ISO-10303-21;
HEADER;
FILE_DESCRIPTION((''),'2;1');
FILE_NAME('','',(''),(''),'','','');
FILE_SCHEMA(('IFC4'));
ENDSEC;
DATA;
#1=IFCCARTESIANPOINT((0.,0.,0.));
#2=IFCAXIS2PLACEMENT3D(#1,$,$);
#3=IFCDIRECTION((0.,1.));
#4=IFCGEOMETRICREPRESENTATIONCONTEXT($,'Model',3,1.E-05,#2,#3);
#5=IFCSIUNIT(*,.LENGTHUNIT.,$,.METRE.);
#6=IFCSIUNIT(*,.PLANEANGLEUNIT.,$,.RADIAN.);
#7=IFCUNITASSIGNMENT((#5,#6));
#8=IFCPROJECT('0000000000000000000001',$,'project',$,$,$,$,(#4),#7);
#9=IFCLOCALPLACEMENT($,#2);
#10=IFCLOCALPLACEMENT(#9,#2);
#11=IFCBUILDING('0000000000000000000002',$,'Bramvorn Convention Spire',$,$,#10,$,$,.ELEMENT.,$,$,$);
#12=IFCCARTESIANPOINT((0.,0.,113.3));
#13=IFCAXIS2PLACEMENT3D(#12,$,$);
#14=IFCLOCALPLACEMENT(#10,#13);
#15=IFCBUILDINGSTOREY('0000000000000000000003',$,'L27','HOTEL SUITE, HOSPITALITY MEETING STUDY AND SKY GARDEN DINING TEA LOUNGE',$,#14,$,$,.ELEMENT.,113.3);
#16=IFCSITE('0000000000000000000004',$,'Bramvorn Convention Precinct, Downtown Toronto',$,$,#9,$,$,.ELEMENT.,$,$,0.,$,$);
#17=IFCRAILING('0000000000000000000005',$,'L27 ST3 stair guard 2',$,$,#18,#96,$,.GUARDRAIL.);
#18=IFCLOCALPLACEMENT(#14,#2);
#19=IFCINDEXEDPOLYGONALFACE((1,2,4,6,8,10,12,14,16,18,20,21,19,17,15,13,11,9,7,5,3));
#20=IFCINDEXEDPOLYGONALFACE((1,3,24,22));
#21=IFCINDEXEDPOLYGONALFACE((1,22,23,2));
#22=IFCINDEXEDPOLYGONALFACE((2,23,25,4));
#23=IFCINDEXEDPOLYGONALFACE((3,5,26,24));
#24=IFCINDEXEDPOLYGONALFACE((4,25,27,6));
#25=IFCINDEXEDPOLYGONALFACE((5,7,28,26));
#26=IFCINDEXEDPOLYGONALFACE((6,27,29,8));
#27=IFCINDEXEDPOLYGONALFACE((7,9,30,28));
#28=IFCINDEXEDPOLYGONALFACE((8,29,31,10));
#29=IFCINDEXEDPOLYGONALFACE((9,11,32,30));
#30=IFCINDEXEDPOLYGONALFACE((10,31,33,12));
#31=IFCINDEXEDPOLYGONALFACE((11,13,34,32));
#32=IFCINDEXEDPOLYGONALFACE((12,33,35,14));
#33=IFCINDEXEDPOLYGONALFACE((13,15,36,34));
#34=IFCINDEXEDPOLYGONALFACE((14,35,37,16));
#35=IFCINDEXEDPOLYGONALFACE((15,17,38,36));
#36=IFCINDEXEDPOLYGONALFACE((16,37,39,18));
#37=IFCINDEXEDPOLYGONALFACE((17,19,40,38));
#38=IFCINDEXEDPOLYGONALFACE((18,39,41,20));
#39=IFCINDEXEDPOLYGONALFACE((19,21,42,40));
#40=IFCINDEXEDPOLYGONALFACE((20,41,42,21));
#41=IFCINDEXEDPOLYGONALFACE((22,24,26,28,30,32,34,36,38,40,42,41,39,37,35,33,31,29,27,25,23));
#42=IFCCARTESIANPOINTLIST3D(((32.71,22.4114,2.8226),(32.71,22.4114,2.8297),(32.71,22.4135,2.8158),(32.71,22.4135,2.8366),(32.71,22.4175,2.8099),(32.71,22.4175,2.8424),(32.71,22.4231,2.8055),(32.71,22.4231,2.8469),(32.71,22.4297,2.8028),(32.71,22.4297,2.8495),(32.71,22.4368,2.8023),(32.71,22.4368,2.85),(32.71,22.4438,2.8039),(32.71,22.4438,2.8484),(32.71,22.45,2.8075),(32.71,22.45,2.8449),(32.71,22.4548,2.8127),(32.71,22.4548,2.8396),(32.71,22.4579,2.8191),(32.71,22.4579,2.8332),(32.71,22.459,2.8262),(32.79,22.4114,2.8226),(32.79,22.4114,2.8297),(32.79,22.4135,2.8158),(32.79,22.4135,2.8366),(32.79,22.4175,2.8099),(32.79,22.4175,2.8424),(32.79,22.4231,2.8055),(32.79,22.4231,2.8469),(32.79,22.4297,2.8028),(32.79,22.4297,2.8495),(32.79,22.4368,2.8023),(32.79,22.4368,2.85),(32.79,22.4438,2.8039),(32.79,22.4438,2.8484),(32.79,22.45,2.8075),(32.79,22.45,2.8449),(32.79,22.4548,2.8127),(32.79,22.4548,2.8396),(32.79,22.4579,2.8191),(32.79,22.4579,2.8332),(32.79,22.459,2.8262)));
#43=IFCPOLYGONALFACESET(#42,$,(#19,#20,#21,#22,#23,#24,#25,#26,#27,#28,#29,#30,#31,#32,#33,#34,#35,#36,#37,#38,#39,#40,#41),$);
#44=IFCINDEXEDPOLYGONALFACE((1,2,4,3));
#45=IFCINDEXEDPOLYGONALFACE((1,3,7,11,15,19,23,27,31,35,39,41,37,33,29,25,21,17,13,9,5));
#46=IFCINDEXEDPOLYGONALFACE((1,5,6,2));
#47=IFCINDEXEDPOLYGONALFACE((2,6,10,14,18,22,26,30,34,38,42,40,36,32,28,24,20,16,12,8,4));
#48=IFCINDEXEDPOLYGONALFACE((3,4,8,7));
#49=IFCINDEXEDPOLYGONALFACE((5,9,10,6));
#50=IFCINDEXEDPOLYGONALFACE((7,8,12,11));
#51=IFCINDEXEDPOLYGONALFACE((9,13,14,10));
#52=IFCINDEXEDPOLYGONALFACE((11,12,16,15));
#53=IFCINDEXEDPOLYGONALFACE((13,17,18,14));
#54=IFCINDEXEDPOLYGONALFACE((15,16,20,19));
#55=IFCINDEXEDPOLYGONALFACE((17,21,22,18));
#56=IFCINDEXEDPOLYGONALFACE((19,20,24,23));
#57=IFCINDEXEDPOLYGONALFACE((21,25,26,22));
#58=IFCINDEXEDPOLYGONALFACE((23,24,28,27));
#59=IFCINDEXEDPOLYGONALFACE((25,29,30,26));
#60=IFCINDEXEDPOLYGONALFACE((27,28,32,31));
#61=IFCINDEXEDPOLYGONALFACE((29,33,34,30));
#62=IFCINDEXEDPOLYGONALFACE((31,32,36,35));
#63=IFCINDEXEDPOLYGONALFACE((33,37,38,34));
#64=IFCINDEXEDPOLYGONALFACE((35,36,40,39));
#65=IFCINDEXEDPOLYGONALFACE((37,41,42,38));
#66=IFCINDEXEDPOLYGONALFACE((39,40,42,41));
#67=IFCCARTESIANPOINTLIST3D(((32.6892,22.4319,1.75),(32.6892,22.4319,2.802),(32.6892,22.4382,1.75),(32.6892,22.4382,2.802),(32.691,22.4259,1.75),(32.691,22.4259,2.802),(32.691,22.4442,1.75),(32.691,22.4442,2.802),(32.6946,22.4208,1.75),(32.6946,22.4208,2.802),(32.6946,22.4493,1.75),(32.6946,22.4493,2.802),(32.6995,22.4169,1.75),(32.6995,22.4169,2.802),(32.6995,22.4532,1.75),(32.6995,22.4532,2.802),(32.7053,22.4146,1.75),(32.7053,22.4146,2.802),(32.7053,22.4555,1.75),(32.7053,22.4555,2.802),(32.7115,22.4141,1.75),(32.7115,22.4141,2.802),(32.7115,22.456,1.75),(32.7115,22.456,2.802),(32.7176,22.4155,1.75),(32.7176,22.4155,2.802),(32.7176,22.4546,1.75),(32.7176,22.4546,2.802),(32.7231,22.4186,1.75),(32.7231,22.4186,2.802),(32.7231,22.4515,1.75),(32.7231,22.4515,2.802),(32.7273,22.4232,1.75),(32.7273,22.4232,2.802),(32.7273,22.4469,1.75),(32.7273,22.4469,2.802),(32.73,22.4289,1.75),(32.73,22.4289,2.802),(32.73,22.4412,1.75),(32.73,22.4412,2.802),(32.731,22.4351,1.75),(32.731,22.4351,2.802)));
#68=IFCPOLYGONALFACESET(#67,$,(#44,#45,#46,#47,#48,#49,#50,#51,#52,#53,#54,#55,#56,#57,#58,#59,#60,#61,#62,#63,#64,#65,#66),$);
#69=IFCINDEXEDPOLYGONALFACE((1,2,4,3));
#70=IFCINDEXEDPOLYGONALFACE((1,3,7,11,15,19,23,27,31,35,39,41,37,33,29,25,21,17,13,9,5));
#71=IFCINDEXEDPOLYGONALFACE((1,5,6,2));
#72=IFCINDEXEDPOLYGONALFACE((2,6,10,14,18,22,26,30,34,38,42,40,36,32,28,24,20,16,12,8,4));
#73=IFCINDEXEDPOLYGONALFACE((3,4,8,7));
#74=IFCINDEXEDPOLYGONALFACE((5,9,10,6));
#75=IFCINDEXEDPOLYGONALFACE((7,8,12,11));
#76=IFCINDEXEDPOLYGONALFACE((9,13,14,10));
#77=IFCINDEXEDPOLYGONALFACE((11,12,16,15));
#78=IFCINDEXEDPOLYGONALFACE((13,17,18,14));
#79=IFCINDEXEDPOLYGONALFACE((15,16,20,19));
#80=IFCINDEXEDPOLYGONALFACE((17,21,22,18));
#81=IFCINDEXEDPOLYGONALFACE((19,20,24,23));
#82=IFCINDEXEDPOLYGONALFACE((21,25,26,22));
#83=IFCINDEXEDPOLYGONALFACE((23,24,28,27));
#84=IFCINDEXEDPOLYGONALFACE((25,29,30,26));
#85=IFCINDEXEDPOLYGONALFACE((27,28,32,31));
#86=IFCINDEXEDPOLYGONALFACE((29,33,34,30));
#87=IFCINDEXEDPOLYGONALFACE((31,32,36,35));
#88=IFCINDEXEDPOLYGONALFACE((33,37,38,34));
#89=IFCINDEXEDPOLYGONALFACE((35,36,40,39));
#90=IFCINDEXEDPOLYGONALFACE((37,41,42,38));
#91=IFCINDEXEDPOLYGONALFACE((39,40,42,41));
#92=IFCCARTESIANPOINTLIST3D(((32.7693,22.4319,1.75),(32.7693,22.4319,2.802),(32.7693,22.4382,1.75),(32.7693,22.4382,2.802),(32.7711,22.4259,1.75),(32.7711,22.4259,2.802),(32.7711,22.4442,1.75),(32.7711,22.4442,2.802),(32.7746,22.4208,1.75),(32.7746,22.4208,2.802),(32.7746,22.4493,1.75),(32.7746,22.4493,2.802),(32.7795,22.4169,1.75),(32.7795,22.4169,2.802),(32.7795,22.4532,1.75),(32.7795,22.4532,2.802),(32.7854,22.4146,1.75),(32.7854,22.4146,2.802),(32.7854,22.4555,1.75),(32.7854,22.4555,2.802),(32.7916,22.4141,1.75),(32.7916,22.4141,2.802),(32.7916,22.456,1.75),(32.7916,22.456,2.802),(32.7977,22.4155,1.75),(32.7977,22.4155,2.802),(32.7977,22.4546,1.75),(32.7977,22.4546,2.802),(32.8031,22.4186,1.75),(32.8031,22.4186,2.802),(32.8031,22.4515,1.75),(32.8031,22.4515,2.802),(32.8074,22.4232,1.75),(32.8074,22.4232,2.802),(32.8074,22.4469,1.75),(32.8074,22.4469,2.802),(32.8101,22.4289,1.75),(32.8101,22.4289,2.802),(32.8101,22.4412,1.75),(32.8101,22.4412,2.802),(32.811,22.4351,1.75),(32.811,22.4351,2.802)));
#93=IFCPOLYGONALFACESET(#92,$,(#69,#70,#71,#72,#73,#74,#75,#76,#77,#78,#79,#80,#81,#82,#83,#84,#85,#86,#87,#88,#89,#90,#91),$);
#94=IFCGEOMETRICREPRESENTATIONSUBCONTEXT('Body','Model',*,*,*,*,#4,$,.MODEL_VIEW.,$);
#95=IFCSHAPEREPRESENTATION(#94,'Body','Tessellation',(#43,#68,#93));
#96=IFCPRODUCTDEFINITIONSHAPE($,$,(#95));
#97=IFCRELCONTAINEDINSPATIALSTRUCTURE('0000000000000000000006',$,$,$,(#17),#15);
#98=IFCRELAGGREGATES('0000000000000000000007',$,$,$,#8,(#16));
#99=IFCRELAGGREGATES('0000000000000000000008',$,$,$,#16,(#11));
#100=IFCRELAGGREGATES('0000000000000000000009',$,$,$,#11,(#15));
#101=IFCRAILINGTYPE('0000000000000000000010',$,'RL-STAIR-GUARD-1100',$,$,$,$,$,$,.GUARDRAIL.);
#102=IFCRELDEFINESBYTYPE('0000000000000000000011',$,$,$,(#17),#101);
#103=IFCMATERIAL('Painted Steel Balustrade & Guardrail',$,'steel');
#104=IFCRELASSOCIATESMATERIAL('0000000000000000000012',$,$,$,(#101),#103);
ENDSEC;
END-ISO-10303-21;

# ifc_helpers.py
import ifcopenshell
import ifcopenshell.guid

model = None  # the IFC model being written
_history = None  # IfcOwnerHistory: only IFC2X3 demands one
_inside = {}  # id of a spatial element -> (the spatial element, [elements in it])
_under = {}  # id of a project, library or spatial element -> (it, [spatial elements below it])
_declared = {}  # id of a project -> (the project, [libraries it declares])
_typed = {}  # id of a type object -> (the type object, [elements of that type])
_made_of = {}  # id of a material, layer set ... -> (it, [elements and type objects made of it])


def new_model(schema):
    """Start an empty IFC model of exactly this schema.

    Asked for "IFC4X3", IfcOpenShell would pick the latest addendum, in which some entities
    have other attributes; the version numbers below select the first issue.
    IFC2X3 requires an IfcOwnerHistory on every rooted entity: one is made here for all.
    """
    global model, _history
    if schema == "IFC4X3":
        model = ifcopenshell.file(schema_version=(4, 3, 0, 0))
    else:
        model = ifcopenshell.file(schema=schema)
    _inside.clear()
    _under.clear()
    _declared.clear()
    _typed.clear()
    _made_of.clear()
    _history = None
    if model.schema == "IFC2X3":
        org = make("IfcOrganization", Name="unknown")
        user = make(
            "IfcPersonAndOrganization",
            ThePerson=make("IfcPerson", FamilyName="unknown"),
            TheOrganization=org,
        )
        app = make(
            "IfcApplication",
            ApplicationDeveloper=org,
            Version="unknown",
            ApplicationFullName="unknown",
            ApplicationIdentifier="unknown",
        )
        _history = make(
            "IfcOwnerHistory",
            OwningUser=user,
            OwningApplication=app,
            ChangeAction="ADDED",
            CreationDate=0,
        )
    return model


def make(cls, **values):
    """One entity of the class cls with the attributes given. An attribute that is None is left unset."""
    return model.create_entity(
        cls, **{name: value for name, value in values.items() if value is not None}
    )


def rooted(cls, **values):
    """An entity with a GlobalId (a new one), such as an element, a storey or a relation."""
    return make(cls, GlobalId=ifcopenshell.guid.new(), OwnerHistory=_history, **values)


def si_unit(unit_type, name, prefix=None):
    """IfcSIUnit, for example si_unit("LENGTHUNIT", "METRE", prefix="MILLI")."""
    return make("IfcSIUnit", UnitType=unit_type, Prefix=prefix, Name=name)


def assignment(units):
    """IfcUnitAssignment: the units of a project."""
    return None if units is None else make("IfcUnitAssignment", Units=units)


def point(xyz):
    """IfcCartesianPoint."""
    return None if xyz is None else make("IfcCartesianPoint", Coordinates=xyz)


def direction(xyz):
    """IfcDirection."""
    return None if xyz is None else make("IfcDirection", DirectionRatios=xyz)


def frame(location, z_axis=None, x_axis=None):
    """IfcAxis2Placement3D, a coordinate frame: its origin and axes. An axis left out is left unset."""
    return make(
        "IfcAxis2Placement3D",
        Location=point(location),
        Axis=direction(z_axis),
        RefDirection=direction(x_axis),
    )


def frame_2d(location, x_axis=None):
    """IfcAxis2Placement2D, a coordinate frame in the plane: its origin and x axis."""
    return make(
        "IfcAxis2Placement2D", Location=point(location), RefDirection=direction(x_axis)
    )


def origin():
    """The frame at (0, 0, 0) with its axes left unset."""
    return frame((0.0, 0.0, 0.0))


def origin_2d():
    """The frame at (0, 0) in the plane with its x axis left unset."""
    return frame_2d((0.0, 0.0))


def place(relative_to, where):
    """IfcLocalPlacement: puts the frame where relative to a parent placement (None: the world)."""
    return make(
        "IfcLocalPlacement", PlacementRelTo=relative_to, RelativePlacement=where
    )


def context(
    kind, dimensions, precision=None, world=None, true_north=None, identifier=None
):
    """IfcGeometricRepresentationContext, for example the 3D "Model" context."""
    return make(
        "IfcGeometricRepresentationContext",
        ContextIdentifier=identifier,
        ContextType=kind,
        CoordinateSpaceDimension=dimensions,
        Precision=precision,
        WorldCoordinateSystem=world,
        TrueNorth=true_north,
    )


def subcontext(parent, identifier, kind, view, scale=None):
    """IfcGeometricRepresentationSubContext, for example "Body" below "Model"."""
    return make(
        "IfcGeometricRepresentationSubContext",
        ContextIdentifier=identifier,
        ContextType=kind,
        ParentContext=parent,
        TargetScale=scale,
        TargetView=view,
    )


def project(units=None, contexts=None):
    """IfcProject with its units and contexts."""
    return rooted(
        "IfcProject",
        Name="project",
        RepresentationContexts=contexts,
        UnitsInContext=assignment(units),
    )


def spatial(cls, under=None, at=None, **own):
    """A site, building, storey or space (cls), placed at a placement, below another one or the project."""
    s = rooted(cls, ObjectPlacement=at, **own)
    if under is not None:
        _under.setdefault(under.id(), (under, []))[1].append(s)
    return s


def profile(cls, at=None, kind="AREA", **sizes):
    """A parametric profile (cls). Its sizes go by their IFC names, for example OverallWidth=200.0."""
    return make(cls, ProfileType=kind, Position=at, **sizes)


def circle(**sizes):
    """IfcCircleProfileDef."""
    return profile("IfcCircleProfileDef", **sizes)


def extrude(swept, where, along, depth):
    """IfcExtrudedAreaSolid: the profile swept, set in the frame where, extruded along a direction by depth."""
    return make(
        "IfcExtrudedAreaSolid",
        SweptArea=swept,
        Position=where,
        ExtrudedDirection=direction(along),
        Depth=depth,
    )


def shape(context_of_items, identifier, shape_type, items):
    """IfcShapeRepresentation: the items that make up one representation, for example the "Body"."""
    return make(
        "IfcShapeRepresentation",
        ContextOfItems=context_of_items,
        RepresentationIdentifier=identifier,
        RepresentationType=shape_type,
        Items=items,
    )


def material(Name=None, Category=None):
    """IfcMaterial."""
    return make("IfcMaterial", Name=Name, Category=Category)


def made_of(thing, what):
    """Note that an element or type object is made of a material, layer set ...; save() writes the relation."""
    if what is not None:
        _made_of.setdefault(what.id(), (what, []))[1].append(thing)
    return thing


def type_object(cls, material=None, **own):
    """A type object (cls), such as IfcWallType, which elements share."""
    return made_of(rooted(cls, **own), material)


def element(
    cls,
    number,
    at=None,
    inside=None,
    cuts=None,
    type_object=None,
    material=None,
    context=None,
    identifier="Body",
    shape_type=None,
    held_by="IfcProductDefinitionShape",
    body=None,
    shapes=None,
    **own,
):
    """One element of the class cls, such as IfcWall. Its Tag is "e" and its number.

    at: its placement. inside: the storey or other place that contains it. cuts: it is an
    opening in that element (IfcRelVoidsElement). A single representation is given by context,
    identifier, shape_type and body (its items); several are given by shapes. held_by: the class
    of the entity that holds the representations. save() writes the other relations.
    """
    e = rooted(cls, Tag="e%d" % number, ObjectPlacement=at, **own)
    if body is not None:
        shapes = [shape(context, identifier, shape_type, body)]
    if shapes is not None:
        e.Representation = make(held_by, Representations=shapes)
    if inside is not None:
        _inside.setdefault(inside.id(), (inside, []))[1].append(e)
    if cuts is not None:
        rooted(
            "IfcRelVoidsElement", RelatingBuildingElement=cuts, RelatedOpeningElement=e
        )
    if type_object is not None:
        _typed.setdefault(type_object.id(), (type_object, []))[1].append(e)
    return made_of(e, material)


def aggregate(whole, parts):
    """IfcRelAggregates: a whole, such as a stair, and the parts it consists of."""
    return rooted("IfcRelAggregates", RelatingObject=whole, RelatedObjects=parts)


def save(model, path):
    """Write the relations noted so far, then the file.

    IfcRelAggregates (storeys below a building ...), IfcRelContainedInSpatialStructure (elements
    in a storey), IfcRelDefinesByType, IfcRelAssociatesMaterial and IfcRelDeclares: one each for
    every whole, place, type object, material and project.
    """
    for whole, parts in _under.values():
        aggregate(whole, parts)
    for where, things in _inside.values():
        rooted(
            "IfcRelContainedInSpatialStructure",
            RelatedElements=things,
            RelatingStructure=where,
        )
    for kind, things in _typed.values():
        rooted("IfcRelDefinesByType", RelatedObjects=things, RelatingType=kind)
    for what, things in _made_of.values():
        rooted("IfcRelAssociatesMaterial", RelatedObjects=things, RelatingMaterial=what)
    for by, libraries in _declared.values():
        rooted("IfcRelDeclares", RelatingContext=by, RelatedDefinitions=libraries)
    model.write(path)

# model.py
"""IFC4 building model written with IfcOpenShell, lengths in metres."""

from ifc_helpers import new_model, si_unit, direction, frame, origin, origin_2d, place, context, subcontext, project, spatial, circle, extrude, material, type_object, element, save


model = new_model("IFC4")

# Units and contexts
model_context = context("Model", 3, precision=1e-05, world=origin(), true_north=direction((0.0, 1.0)))
body_context = subcontext(model_context, "Body", "Model", "MODEL_VIEW")
ifc_project = project(units=[si_unit("LENGTHUNIT", "METRE"), si_unit("PLANEANGLEUNIT", "RADIAN")], contexts=[model_context])

# Site, building, storey
site_placement = place(None, origin())
site = spatial("IfcSite", under=ifc_project, at=site_placement, Name="Bramvorn Convention Precinct, Downtown Toronto", CompositionType="ELEMENT", RefElevation=0.0)
building_placement = place(site_placement, origin())
building = spatial("IfcBuilding", under=site, at=building_placement, Name="Bramvorn Convention Spire", CompositionType="ELEMENT")
storey_placement = place(building_placement, frame((0.0, 0.0, 113.3)))
storey = spatial("IfcBuildingStorey", under=building, at=storey_placement, Name="L27", Description="HOTEL SUITE, HOSPITALITY MEETING STUDY AND SKY GARDEN DINING TEA LOUNGE", CompositionType="ELEMENT", Elevation=113.3)

# Railing
ifc_material_1 = material(Name="Painted Steel Balustrade & Guardrail", Category="steel")
railing_type_1 = type_object("IfcRailingType", Name="RL-STAIR-GUARD-1100", PredefinedType="GUARDRAIL", material=ifc_material_1)
railing_1_placement = place(storey_placement, frame((32.71, 22.4351, 1.75)))
element("IfcRailing", 1, at=railing_1_placement, inside=storey, type_object=railing_type_1, Name="L27 ST3 stair guard 2", PredefinedType="GUARDRAIL", context=body_context, shape_type="SweptSolid", body=[
    extrude(circle(Radius=0.0239, at=origin_2d()), frame((0.0, 0.0, 1.0762), z_axis=(1.0, 0.0, 0.0), x_axis=(0.0, 1.0, 0.0)), (0.0, 0.0, 1.0), 0.0801),
    extrude(circle(Radius=0.021, at=origin_2d()), origin(), (0.0, 0.0, 1.0), 1.052),
    extrude(circle(Radius=0.021, at=origin_2d()), frame((0.0801, 0.0, 0.0)), (0.0, 0.0, 1.0), 1.052),
])

save(model, "model.ifc")
